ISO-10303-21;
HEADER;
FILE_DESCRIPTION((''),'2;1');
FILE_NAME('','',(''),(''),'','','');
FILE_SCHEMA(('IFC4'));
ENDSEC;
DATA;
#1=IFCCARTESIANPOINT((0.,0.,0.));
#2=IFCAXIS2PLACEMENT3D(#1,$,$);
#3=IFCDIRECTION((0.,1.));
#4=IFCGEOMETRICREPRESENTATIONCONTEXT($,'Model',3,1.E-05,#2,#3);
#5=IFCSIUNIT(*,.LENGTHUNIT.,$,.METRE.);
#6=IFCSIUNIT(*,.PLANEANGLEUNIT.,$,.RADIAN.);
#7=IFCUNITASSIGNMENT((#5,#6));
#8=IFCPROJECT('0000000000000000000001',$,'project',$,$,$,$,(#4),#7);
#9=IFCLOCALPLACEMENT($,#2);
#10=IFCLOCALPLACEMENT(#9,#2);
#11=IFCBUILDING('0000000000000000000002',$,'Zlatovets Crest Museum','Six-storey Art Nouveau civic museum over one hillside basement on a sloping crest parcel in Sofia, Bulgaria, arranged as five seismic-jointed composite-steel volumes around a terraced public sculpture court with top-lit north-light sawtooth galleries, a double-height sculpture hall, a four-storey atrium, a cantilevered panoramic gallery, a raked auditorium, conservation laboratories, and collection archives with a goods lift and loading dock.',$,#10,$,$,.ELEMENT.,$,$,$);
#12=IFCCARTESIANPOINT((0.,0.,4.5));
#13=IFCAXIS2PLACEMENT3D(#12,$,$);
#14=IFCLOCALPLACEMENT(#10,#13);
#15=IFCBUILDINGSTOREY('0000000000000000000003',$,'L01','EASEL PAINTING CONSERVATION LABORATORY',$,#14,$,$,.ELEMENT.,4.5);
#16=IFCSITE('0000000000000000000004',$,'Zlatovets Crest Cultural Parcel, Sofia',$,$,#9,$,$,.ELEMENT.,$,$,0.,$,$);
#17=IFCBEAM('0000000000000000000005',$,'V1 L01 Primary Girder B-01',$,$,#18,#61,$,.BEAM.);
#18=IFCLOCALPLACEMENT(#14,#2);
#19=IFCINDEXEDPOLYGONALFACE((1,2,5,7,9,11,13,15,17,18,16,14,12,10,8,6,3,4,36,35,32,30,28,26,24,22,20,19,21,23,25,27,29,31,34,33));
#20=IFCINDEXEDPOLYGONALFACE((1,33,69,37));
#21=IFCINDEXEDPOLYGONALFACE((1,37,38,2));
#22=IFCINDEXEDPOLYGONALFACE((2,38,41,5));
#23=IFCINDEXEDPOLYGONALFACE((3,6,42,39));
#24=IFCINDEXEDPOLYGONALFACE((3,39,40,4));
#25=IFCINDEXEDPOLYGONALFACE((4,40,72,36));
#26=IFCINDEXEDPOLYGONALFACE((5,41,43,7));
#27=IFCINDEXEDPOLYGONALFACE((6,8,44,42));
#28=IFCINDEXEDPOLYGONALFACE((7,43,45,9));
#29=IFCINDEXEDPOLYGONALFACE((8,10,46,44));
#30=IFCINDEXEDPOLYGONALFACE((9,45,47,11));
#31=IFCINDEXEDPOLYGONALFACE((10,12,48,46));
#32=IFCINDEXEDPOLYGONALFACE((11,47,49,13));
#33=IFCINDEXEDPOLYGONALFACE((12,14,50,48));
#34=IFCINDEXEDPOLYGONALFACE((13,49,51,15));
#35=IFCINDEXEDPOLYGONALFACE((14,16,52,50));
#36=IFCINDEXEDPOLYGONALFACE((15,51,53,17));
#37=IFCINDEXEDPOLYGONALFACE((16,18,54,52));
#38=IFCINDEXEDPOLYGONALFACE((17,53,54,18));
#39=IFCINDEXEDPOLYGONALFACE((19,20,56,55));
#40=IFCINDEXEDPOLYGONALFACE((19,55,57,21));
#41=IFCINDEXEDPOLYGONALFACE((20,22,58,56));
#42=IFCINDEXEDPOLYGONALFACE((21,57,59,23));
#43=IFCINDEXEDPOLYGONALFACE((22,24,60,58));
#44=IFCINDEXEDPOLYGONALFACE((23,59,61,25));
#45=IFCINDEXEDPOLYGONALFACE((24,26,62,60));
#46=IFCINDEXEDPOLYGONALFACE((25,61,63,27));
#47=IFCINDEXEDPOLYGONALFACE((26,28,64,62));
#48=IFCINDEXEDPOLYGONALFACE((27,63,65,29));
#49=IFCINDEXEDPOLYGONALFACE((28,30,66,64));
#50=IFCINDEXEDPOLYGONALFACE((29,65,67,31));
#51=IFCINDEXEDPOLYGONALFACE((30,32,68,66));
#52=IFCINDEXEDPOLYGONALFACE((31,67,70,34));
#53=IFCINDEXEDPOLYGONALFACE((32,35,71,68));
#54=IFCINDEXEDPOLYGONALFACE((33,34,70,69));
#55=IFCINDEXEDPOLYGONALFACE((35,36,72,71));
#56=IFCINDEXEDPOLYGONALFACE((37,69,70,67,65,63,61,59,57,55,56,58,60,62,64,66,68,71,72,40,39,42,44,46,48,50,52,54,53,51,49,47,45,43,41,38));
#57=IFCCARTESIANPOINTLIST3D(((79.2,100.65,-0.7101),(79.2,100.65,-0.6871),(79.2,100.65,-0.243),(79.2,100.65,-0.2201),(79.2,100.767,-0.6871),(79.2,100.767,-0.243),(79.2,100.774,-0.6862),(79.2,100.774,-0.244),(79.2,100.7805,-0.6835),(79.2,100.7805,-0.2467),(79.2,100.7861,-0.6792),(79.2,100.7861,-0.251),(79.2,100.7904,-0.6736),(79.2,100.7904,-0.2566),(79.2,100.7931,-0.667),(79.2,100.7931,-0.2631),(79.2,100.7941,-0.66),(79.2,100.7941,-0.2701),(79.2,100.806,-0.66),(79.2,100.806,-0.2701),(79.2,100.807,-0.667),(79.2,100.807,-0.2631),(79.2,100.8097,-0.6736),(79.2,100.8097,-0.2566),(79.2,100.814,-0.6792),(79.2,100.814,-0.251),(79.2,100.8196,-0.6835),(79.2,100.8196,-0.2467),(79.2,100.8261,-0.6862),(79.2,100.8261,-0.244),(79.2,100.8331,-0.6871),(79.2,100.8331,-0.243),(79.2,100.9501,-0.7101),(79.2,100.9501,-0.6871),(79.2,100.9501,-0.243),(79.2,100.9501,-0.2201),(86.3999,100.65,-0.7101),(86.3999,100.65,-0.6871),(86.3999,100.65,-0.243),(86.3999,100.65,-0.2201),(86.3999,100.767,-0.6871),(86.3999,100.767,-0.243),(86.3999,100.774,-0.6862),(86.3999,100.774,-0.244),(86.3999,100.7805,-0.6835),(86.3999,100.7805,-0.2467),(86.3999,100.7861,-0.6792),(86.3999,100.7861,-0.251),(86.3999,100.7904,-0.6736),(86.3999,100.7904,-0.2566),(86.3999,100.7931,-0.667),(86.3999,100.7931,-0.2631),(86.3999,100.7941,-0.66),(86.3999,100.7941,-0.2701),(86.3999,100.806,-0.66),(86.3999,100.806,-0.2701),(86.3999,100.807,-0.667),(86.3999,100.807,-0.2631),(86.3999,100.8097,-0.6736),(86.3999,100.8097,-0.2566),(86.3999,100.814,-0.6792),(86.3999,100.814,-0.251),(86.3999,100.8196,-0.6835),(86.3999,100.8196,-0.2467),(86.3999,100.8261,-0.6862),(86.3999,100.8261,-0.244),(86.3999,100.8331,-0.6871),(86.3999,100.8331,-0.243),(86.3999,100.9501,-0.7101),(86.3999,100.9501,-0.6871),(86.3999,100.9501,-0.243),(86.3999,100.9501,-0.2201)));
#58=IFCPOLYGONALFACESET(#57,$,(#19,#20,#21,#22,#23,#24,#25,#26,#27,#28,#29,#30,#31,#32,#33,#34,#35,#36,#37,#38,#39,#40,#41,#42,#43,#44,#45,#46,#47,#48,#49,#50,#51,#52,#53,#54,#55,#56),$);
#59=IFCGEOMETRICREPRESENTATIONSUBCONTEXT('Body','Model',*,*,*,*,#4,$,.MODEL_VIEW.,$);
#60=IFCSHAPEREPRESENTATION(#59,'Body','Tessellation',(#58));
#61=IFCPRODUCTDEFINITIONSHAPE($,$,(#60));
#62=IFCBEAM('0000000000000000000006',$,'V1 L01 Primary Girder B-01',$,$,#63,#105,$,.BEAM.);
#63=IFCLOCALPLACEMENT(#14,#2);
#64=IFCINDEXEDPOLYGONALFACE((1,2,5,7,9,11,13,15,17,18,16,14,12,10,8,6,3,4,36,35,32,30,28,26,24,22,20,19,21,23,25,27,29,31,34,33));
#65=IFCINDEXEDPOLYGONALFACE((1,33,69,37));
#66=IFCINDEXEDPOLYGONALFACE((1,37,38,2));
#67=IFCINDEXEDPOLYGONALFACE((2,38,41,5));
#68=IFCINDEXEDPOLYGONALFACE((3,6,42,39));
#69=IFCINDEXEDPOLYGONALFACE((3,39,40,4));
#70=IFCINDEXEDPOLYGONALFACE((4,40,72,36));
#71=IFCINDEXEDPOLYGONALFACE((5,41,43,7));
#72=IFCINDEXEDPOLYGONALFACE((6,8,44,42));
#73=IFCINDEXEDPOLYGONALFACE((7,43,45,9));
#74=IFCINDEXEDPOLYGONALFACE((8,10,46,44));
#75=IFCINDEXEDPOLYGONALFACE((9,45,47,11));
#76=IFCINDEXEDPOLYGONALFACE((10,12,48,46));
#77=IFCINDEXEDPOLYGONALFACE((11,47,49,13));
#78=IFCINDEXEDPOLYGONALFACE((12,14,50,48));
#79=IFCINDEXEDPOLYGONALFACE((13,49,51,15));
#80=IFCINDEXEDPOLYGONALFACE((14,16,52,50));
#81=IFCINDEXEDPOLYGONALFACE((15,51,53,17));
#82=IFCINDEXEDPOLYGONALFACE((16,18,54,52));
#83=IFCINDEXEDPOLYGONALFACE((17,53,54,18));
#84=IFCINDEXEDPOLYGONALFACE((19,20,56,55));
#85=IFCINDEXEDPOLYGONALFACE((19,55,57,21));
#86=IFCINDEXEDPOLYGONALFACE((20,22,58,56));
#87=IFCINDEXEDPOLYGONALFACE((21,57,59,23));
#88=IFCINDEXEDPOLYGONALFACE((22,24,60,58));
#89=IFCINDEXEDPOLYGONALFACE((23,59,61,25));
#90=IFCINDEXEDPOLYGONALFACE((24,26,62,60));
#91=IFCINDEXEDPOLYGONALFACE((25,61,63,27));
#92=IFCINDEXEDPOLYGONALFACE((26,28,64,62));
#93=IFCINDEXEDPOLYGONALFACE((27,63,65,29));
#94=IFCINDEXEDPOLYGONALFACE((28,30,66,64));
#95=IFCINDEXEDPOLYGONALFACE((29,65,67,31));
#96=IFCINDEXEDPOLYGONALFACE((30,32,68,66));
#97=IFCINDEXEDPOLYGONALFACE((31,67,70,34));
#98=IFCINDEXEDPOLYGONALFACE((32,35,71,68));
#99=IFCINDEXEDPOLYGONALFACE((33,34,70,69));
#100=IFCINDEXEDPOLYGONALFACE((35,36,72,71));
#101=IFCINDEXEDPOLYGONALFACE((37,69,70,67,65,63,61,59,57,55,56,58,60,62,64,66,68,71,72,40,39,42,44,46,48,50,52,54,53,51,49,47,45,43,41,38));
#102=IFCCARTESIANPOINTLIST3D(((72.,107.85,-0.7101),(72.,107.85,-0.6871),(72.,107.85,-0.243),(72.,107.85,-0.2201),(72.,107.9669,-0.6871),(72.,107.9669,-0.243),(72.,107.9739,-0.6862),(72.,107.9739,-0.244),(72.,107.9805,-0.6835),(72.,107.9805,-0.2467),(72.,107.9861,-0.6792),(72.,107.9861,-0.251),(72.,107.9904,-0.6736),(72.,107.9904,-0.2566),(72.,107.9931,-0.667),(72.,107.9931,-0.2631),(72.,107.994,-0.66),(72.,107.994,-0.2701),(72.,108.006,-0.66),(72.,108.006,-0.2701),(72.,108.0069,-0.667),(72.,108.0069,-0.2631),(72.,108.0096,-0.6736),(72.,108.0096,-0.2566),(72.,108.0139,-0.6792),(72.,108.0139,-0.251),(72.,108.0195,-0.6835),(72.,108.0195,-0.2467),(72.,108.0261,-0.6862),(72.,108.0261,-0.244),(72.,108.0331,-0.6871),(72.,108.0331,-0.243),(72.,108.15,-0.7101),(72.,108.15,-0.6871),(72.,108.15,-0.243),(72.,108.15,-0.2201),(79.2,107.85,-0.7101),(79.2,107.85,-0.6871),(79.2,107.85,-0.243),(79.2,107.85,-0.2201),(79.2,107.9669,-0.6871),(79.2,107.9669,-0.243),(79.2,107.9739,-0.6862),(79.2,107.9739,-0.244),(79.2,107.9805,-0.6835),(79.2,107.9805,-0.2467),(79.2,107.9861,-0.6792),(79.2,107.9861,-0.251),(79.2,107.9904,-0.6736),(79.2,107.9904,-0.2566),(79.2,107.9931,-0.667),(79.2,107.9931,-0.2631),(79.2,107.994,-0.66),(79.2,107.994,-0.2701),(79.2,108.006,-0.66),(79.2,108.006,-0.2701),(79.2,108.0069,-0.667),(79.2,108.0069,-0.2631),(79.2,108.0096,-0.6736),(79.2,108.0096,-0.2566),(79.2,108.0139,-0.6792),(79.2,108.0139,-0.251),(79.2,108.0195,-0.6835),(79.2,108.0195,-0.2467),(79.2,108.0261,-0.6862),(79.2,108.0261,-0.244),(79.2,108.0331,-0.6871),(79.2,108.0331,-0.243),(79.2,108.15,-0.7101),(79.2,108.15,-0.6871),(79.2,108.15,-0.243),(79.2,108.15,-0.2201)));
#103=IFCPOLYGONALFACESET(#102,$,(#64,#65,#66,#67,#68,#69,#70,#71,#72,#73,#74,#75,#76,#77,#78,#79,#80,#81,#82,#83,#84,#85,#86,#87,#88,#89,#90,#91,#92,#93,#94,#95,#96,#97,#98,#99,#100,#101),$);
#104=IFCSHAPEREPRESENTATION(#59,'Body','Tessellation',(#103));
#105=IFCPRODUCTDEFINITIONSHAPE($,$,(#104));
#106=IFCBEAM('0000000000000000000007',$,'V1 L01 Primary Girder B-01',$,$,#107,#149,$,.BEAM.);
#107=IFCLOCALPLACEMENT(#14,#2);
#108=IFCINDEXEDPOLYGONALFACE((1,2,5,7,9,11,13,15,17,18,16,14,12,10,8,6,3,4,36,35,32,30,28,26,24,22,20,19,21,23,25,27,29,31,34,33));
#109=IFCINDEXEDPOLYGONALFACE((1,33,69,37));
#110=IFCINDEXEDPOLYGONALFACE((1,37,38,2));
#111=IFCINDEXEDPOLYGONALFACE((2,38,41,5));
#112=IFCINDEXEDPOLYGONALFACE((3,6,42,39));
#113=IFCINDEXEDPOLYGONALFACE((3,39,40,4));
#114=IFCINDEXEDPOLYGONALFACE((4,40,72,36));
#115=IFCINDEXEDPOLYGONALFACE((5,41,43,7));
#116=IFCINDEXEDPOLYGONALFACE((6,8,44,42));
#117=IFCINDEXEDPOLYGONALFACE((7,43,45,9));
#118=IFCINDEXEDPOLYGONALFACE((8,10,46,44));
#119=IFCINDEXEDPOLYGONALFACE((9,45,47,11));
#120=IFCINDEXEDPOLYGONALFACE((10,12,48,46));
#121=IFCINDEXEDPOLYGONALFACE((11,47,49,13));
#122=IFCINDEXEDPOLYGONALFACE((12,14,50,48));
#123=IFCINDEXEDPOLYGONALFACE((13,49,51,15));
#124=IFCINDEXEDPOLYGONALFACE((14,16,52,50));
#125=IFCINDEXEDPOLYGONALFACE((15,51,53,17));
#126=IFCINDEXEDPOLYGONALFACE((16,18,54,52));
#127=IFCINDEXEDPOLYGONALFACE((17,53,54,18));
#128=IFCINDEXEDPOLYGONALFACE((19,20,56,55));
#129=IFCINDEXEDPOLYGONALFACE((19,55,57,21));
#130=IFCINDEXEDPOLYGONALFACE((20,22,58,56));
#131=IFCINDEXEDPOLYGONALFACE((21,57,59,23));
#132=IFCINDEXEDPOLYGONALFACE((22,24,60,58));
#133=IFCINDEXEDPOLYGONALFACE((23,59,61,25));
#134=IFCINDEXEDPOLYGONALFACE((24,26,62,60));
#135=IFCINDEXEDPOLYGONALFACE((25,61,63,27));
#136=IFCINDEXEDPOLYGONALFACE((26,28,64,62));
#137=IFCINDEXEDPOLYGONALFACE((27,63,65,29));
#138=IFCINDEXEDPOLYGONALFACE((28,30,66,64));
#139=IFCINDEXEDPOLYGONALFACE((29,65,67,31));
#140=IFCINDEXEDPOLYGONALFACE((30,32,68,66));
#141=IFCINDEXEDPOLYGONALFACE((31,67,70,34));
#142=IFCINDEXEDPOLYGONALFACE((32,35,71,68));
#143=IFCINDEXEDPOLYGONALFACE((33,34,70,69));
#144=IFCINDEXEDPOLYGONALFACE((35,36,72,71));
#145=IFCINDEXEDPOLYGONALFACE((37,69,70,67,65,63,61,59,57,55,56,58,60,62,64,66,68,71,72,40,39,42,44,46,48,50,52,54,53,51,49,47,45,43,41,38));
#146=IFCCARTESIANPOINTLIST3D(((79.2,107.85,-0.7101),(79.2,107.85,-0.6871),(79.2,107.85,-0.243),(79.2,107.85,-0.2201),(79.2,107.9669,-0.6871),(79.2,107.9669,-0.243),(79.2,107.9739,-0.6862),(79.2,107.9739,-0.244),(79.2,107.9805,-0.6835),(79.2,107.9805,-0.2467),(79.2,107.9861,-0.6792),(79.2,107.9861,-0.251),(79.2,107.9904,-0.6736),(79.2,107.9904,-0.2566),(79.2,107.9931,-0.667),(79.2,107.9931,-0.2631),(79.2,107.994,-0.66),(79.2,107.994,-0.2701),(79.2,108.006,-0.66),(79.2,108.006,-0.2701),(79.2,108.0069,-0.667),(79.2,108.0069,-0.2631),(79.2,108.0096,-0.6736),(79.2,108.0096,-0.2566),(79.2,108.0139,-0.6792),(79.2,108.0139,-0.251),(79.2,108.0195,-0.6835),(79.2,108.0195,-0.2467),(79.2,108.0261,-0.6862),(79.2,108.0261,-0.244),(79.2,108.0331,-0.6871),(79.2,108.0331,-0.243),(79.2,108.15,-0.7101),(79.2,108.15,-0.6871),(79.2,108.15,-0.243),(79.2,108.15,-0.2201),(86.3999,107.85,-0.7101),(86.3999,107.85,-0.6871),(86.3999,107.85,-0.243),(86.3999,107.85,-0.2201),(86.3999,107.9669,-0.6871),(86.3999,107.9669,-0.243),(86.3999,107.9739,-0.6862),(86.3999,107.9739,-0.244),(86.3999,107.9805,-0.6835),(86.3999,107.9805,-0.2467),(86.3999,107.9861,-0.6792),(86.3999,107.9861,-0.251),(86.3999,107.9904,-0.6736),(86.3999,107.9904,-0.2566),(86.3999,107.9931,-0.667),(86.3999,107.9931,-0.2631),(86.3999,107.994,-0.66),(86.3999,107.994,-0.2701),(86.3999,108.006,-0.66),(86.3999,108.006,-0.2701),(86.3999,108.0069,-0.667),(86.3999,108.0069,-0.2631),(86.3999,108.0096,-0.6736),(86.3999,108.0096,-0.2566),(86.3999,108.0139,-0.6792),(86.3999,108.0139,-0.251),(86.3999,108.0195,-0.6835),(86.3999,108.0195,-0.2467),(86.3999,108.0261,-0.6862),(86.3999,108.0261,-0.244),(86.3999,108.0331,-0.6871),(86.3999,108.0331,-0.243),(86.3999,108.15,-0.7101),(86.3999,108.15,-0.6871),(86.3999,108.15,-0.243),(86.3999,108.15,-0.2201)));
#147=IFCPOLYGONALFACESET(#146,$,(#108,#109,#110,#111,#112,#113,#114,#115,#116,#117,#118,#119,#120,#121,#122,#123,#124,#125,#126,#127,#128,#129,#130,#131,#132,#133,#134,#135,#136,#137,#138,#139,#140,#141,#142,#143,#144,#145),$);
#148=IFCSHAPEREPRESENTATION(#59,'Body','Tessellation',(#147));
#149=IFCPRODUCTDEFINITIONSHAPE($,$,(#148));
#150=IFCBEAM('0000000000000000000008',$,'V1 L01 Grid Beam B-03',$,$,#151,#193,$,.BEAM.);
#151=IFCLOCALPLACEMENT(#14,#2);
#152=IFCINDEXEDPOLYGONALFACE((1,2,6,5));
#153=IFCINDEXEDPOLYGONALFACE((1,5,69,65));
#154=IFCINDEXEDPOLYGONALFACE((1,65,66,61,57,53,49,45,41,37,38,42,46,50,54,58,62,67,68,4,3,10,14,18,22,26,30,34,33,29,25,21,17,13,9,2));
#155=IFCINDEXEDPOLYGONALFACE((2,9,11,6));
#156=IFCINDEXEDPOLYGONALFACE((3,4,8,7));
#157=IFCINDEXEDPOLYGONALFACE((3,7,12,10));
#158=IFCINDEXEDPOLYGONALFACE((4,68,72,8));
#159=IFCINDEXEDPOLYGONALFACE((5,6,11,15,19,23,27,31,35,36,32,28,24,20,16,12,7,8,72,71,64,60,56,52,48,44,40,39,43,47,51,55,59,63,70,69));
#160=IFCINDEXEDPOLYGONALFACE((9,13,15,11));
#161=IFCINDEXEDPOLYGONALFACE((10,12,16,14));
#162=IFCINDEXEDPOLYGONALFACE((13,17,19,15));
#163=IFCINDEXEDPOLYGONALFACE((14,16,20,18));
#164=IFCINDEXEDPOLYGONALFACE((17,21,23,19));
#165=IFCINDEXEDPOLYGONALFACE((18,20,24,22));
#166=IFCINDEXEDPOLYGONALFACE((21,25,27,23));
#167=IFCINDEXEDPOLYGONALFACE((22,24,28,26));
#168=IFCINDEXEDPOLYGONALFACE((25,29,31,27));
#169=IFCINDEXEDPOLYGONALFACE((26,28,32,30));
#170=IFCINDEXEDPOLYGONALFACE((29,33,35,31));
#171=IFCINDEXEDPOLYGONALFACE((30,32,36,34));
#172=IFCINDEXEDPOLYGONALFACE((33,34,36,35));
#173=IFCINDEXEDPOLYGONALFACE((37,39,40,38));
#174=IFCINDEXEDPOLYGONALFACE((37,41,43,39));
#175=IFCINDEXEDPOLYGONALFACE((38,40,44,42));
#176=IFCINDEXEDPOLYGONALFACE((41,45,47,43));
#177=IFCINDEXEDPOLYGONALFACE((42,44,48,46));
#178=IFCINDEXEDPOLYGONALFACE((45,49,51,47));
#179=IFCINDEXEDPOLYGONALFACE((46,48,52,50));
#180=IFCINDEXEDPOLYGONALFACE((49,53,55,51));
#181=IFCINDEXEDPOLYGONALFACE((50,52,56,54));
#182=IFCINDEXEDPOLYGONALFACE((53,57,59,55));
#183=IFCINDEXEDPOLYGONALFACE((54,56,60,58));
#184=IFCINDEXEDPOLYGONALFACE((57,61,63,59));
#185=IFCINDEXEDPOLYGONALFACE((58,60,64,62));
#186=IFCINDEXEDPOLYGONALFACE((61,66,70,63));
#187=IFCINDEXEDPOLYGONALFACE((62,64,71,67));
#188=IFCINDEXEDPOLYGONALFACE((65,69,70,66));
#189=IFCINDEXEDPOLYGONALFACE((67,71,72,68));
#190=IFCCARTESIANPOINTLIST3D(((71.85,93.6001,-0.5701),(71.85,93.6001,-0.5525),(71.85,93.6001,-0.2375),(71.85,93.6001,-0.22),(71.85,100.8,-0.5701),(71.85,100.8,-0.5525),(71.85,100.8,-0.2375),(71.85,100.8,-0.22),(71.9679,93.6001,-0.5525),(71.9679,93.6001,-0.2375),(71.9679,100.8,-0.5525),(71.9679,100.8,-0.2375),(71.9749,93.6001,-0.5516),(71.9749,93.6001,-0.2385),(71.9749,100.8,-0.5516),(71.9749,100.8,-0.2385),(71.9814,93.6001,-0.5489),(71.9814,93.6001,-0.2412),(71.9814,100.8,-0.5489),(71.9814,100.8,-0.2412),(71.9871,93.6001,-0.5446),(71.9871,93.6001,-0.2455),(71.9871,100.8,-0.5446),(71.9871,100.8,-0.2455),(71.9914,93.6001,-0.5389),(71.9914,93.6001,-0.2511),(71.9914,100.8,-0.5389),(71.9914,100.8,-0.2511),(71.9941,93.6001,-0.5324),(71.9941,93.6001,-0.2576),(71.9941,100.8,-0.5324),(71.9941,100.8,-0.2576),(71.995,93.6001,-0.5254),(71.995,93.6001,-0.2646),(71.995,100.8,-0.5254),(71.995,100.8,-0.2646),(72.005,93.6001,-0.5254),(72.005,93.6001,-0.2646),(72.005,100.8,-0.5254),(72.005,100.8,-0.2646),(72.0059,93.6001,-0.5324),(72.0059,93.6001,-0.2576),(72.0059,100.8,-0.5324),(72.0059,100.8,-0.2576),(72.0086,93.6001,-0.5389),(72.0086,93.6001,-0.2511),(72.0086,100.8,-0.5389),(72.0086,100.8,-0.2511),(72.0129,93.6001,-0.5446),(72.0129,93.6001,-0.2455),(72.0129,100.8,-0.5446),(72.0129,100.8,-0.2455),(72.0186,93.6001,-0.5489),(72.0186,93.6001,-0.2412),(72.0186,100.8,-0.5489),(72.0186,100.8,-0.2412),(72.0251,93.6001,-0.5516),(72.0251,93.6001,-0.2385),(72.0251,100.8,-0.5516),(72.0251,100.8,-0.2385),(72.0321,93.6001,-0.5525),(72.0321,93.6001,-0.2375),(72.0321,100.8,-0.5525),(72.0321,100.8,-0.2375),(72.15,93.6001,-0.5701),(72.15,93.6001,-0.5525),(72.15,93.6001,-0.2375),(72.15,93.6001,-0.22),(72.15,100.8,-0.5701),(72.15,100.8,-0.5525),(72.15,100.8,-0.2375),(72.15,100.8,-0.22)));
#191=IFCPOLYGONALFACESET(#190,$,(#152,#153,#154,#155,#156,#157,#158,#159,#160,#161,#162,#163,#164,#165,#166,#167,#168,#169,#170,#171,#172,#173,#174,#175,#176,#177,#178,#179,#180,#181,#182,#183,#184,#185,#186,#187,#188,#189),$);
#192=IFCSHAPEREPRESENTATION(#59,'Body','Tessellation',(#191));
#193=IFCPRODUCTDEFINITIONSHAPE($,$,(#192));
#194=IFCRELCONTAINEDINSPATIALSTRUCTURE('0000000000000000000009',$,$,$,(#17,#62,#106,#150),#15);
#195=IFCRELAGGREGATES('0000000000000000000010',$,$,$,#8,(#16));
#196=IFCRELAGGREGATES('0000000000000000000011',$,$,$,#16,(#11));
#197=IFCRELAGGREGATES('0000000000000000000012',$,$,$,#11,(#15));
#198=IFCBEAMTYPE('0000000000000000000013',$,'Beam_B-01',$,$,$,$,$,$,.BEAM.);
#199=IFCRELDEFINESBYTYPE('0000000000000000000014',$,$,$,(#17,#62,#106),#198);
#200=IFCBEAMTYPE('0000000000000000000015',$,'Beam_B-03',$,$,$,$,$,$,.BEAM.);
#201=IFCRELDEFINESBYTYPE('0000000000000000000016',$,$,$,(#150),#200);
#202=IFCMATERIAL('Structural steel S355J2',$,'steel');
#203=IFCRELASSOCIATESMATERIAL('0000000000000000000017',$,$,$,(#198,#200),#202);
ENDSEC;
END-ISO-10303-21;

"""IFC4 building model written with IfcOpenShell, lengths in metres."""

from ifc_helpers import new_model, si_unit, direction, frame, origin, origin_2d, place, context, subcontext, project, spatial, i_section, extrude, material, material_profile, profile_set, type_object, element, save


model = new_model("IFC4")

# Units and contexts
model_context = context("Model", 3, precision=1e-05, world=origin(), true_north=direction((0.0, 1.0)))
body_context = subcontext(model_context, "Body", "Model", "MODEL_VIEW")
ifc_project = project(units=[si_unit("LENGTHUNIT", "METRE"), si_unit("PLANEANGLEUNIT", "RADIAN")], contexts=[model_context])

# Site, building, storey
site_placement = place(None, origin())
site = spatial("IfcSite", under=ifc_project, at=site_placement, Name="Zlatovets Crest Cultural Parcel, Sofia", CompositionType="ELEMENT", RefElevation=0.0)
building_placement = place(site_placement, origin())
building = spatial("IfcBuilding", under=site, at=building_placement, Name="Zlatovets Crest Museum", Description="Six-storey Art Nouveau civic museum over one hillside basement on a sloping crest parcel in Sofia, Bulgaria, arranged as five seismic-jointed composite-steel volumes around a terraced public sculpture court with top-lit north-light sawtooth galleries, a double-height sculpture hall, a four-storey atrium, a cantilevered panoramic gallery, a raked auditorium, conservation laboratories, and collection archives with a goods lift and loading dock.", CompositionType="ELEMENT")
storey_placement = place(building_placement, frame((0.0, 0.0, 4.5)))
storey = spatial("IfcBuildingStorey", under=building, at=storey_placement, Name="L01", Description="EASEL PAINTING CONSERVATION LABORATORY", CompositionType="ELEMENT", Elevation=4.5)

# Shared definitions
ifc_material = material(Name="Structural steel S355J2", Category="steel")

# Beams
ifc_material_profile_1 = material_profile(ifc_material, i_section(OverallWidth=0.3, OverallDepth=0.49, WebThickness=0.012, FlangeThickness=0.0229, FilletRadius=0.0271, at=origin_2d()), Name="HEA 500")
ifc_profile_set_1 = profile_set([ifc_material_profile_1], Name="Structural steel S355J2")
beam_type_1 = type_object("IfcBeamType", Name="Beam_B-01", PredefinedType="BEAM", material=ifc_profile_set_1)
for number, where, z_axis, x_axis, name in (
    (1, (79.2, 100.8, -0.4651), (1.0, 0.0, 0.0), (0.0, 1.0, 0.0), "V1 L01 Primary Girder B-01"),
    (2, (72.0, 108.0, -0.4651), (1.0, 0.0, 0.0), (0.0, 1.0, 0.0), "V1 L01 Primary Girder B-01"),
    (3, (79.2, 108.0, -0.4651), (1.0, 0.0, 0.0), (0.0, 1.0, 0.0), "V1 L01 Primary Girder B-01"),
):
    element("IfcBeam", number, at=place(storey_placement, frame(where, z_axis=z_axis, x_axis=x_axis)), inside=storey, type_object=beam_type_1, Name=name, PredefinedType="BEAM", context=body_context, shape_type="SweptSolid", body=[
        extrude(i_section(OverallWidth=0.3, OverallDepth=0.49, WebThickness=0.012, FlangeThickness=0.0229, FilletRadius=0.0271, at=origin_2d()), origin(), (0.0, 0.0, 1.0), 7.2),
    ])
ifc_material_profile_2 = material_profile(ifc_material, i_section(OverallWidth=0.3, OverallDepth=0.3501, WebThickness=0.01, FlangeThickness=0.0176, FilletRadius=0.0271, at=origin_2d()), Name="HEA 360")
ifc_profile_set_2 = profile_set([ifc_material_profile_2], Name="Structural steel S355J2")
beam_type_2 = type_object("IfcBeamType", Name="Beam_B-03", PredefinedType="BEAM", material=ifc_profile_set_2)
for number, where, z_axis, x_axis, name in (
    (4, (72.0, 93.6001, -0.395), (0.0, 1.0, 0.0), (-1.0, 0.0, 0.0), "V1 L01 Grid Beam B-03"),
):
    element("IfcBeam", number, at=place(storey_placement, frame(where, z_axis=z_axis, x_axis=x_axis)), inside=storey, type_object=beam_type_2, Name=name, PredefinedType="BEAM", context=body_context, shape_type="SweptSolid", body=[
        extrude(i_section(OverallWidth=0.3, OverallDepth=0.3501, WebThickness=0.01, FlangeThickness=0.0176, FilletRadius=0.0271, at=origin_2d()), origin(), (0.0, 0.0, 1.0), 7.2),
    ])

save(model, "model.ifc")
